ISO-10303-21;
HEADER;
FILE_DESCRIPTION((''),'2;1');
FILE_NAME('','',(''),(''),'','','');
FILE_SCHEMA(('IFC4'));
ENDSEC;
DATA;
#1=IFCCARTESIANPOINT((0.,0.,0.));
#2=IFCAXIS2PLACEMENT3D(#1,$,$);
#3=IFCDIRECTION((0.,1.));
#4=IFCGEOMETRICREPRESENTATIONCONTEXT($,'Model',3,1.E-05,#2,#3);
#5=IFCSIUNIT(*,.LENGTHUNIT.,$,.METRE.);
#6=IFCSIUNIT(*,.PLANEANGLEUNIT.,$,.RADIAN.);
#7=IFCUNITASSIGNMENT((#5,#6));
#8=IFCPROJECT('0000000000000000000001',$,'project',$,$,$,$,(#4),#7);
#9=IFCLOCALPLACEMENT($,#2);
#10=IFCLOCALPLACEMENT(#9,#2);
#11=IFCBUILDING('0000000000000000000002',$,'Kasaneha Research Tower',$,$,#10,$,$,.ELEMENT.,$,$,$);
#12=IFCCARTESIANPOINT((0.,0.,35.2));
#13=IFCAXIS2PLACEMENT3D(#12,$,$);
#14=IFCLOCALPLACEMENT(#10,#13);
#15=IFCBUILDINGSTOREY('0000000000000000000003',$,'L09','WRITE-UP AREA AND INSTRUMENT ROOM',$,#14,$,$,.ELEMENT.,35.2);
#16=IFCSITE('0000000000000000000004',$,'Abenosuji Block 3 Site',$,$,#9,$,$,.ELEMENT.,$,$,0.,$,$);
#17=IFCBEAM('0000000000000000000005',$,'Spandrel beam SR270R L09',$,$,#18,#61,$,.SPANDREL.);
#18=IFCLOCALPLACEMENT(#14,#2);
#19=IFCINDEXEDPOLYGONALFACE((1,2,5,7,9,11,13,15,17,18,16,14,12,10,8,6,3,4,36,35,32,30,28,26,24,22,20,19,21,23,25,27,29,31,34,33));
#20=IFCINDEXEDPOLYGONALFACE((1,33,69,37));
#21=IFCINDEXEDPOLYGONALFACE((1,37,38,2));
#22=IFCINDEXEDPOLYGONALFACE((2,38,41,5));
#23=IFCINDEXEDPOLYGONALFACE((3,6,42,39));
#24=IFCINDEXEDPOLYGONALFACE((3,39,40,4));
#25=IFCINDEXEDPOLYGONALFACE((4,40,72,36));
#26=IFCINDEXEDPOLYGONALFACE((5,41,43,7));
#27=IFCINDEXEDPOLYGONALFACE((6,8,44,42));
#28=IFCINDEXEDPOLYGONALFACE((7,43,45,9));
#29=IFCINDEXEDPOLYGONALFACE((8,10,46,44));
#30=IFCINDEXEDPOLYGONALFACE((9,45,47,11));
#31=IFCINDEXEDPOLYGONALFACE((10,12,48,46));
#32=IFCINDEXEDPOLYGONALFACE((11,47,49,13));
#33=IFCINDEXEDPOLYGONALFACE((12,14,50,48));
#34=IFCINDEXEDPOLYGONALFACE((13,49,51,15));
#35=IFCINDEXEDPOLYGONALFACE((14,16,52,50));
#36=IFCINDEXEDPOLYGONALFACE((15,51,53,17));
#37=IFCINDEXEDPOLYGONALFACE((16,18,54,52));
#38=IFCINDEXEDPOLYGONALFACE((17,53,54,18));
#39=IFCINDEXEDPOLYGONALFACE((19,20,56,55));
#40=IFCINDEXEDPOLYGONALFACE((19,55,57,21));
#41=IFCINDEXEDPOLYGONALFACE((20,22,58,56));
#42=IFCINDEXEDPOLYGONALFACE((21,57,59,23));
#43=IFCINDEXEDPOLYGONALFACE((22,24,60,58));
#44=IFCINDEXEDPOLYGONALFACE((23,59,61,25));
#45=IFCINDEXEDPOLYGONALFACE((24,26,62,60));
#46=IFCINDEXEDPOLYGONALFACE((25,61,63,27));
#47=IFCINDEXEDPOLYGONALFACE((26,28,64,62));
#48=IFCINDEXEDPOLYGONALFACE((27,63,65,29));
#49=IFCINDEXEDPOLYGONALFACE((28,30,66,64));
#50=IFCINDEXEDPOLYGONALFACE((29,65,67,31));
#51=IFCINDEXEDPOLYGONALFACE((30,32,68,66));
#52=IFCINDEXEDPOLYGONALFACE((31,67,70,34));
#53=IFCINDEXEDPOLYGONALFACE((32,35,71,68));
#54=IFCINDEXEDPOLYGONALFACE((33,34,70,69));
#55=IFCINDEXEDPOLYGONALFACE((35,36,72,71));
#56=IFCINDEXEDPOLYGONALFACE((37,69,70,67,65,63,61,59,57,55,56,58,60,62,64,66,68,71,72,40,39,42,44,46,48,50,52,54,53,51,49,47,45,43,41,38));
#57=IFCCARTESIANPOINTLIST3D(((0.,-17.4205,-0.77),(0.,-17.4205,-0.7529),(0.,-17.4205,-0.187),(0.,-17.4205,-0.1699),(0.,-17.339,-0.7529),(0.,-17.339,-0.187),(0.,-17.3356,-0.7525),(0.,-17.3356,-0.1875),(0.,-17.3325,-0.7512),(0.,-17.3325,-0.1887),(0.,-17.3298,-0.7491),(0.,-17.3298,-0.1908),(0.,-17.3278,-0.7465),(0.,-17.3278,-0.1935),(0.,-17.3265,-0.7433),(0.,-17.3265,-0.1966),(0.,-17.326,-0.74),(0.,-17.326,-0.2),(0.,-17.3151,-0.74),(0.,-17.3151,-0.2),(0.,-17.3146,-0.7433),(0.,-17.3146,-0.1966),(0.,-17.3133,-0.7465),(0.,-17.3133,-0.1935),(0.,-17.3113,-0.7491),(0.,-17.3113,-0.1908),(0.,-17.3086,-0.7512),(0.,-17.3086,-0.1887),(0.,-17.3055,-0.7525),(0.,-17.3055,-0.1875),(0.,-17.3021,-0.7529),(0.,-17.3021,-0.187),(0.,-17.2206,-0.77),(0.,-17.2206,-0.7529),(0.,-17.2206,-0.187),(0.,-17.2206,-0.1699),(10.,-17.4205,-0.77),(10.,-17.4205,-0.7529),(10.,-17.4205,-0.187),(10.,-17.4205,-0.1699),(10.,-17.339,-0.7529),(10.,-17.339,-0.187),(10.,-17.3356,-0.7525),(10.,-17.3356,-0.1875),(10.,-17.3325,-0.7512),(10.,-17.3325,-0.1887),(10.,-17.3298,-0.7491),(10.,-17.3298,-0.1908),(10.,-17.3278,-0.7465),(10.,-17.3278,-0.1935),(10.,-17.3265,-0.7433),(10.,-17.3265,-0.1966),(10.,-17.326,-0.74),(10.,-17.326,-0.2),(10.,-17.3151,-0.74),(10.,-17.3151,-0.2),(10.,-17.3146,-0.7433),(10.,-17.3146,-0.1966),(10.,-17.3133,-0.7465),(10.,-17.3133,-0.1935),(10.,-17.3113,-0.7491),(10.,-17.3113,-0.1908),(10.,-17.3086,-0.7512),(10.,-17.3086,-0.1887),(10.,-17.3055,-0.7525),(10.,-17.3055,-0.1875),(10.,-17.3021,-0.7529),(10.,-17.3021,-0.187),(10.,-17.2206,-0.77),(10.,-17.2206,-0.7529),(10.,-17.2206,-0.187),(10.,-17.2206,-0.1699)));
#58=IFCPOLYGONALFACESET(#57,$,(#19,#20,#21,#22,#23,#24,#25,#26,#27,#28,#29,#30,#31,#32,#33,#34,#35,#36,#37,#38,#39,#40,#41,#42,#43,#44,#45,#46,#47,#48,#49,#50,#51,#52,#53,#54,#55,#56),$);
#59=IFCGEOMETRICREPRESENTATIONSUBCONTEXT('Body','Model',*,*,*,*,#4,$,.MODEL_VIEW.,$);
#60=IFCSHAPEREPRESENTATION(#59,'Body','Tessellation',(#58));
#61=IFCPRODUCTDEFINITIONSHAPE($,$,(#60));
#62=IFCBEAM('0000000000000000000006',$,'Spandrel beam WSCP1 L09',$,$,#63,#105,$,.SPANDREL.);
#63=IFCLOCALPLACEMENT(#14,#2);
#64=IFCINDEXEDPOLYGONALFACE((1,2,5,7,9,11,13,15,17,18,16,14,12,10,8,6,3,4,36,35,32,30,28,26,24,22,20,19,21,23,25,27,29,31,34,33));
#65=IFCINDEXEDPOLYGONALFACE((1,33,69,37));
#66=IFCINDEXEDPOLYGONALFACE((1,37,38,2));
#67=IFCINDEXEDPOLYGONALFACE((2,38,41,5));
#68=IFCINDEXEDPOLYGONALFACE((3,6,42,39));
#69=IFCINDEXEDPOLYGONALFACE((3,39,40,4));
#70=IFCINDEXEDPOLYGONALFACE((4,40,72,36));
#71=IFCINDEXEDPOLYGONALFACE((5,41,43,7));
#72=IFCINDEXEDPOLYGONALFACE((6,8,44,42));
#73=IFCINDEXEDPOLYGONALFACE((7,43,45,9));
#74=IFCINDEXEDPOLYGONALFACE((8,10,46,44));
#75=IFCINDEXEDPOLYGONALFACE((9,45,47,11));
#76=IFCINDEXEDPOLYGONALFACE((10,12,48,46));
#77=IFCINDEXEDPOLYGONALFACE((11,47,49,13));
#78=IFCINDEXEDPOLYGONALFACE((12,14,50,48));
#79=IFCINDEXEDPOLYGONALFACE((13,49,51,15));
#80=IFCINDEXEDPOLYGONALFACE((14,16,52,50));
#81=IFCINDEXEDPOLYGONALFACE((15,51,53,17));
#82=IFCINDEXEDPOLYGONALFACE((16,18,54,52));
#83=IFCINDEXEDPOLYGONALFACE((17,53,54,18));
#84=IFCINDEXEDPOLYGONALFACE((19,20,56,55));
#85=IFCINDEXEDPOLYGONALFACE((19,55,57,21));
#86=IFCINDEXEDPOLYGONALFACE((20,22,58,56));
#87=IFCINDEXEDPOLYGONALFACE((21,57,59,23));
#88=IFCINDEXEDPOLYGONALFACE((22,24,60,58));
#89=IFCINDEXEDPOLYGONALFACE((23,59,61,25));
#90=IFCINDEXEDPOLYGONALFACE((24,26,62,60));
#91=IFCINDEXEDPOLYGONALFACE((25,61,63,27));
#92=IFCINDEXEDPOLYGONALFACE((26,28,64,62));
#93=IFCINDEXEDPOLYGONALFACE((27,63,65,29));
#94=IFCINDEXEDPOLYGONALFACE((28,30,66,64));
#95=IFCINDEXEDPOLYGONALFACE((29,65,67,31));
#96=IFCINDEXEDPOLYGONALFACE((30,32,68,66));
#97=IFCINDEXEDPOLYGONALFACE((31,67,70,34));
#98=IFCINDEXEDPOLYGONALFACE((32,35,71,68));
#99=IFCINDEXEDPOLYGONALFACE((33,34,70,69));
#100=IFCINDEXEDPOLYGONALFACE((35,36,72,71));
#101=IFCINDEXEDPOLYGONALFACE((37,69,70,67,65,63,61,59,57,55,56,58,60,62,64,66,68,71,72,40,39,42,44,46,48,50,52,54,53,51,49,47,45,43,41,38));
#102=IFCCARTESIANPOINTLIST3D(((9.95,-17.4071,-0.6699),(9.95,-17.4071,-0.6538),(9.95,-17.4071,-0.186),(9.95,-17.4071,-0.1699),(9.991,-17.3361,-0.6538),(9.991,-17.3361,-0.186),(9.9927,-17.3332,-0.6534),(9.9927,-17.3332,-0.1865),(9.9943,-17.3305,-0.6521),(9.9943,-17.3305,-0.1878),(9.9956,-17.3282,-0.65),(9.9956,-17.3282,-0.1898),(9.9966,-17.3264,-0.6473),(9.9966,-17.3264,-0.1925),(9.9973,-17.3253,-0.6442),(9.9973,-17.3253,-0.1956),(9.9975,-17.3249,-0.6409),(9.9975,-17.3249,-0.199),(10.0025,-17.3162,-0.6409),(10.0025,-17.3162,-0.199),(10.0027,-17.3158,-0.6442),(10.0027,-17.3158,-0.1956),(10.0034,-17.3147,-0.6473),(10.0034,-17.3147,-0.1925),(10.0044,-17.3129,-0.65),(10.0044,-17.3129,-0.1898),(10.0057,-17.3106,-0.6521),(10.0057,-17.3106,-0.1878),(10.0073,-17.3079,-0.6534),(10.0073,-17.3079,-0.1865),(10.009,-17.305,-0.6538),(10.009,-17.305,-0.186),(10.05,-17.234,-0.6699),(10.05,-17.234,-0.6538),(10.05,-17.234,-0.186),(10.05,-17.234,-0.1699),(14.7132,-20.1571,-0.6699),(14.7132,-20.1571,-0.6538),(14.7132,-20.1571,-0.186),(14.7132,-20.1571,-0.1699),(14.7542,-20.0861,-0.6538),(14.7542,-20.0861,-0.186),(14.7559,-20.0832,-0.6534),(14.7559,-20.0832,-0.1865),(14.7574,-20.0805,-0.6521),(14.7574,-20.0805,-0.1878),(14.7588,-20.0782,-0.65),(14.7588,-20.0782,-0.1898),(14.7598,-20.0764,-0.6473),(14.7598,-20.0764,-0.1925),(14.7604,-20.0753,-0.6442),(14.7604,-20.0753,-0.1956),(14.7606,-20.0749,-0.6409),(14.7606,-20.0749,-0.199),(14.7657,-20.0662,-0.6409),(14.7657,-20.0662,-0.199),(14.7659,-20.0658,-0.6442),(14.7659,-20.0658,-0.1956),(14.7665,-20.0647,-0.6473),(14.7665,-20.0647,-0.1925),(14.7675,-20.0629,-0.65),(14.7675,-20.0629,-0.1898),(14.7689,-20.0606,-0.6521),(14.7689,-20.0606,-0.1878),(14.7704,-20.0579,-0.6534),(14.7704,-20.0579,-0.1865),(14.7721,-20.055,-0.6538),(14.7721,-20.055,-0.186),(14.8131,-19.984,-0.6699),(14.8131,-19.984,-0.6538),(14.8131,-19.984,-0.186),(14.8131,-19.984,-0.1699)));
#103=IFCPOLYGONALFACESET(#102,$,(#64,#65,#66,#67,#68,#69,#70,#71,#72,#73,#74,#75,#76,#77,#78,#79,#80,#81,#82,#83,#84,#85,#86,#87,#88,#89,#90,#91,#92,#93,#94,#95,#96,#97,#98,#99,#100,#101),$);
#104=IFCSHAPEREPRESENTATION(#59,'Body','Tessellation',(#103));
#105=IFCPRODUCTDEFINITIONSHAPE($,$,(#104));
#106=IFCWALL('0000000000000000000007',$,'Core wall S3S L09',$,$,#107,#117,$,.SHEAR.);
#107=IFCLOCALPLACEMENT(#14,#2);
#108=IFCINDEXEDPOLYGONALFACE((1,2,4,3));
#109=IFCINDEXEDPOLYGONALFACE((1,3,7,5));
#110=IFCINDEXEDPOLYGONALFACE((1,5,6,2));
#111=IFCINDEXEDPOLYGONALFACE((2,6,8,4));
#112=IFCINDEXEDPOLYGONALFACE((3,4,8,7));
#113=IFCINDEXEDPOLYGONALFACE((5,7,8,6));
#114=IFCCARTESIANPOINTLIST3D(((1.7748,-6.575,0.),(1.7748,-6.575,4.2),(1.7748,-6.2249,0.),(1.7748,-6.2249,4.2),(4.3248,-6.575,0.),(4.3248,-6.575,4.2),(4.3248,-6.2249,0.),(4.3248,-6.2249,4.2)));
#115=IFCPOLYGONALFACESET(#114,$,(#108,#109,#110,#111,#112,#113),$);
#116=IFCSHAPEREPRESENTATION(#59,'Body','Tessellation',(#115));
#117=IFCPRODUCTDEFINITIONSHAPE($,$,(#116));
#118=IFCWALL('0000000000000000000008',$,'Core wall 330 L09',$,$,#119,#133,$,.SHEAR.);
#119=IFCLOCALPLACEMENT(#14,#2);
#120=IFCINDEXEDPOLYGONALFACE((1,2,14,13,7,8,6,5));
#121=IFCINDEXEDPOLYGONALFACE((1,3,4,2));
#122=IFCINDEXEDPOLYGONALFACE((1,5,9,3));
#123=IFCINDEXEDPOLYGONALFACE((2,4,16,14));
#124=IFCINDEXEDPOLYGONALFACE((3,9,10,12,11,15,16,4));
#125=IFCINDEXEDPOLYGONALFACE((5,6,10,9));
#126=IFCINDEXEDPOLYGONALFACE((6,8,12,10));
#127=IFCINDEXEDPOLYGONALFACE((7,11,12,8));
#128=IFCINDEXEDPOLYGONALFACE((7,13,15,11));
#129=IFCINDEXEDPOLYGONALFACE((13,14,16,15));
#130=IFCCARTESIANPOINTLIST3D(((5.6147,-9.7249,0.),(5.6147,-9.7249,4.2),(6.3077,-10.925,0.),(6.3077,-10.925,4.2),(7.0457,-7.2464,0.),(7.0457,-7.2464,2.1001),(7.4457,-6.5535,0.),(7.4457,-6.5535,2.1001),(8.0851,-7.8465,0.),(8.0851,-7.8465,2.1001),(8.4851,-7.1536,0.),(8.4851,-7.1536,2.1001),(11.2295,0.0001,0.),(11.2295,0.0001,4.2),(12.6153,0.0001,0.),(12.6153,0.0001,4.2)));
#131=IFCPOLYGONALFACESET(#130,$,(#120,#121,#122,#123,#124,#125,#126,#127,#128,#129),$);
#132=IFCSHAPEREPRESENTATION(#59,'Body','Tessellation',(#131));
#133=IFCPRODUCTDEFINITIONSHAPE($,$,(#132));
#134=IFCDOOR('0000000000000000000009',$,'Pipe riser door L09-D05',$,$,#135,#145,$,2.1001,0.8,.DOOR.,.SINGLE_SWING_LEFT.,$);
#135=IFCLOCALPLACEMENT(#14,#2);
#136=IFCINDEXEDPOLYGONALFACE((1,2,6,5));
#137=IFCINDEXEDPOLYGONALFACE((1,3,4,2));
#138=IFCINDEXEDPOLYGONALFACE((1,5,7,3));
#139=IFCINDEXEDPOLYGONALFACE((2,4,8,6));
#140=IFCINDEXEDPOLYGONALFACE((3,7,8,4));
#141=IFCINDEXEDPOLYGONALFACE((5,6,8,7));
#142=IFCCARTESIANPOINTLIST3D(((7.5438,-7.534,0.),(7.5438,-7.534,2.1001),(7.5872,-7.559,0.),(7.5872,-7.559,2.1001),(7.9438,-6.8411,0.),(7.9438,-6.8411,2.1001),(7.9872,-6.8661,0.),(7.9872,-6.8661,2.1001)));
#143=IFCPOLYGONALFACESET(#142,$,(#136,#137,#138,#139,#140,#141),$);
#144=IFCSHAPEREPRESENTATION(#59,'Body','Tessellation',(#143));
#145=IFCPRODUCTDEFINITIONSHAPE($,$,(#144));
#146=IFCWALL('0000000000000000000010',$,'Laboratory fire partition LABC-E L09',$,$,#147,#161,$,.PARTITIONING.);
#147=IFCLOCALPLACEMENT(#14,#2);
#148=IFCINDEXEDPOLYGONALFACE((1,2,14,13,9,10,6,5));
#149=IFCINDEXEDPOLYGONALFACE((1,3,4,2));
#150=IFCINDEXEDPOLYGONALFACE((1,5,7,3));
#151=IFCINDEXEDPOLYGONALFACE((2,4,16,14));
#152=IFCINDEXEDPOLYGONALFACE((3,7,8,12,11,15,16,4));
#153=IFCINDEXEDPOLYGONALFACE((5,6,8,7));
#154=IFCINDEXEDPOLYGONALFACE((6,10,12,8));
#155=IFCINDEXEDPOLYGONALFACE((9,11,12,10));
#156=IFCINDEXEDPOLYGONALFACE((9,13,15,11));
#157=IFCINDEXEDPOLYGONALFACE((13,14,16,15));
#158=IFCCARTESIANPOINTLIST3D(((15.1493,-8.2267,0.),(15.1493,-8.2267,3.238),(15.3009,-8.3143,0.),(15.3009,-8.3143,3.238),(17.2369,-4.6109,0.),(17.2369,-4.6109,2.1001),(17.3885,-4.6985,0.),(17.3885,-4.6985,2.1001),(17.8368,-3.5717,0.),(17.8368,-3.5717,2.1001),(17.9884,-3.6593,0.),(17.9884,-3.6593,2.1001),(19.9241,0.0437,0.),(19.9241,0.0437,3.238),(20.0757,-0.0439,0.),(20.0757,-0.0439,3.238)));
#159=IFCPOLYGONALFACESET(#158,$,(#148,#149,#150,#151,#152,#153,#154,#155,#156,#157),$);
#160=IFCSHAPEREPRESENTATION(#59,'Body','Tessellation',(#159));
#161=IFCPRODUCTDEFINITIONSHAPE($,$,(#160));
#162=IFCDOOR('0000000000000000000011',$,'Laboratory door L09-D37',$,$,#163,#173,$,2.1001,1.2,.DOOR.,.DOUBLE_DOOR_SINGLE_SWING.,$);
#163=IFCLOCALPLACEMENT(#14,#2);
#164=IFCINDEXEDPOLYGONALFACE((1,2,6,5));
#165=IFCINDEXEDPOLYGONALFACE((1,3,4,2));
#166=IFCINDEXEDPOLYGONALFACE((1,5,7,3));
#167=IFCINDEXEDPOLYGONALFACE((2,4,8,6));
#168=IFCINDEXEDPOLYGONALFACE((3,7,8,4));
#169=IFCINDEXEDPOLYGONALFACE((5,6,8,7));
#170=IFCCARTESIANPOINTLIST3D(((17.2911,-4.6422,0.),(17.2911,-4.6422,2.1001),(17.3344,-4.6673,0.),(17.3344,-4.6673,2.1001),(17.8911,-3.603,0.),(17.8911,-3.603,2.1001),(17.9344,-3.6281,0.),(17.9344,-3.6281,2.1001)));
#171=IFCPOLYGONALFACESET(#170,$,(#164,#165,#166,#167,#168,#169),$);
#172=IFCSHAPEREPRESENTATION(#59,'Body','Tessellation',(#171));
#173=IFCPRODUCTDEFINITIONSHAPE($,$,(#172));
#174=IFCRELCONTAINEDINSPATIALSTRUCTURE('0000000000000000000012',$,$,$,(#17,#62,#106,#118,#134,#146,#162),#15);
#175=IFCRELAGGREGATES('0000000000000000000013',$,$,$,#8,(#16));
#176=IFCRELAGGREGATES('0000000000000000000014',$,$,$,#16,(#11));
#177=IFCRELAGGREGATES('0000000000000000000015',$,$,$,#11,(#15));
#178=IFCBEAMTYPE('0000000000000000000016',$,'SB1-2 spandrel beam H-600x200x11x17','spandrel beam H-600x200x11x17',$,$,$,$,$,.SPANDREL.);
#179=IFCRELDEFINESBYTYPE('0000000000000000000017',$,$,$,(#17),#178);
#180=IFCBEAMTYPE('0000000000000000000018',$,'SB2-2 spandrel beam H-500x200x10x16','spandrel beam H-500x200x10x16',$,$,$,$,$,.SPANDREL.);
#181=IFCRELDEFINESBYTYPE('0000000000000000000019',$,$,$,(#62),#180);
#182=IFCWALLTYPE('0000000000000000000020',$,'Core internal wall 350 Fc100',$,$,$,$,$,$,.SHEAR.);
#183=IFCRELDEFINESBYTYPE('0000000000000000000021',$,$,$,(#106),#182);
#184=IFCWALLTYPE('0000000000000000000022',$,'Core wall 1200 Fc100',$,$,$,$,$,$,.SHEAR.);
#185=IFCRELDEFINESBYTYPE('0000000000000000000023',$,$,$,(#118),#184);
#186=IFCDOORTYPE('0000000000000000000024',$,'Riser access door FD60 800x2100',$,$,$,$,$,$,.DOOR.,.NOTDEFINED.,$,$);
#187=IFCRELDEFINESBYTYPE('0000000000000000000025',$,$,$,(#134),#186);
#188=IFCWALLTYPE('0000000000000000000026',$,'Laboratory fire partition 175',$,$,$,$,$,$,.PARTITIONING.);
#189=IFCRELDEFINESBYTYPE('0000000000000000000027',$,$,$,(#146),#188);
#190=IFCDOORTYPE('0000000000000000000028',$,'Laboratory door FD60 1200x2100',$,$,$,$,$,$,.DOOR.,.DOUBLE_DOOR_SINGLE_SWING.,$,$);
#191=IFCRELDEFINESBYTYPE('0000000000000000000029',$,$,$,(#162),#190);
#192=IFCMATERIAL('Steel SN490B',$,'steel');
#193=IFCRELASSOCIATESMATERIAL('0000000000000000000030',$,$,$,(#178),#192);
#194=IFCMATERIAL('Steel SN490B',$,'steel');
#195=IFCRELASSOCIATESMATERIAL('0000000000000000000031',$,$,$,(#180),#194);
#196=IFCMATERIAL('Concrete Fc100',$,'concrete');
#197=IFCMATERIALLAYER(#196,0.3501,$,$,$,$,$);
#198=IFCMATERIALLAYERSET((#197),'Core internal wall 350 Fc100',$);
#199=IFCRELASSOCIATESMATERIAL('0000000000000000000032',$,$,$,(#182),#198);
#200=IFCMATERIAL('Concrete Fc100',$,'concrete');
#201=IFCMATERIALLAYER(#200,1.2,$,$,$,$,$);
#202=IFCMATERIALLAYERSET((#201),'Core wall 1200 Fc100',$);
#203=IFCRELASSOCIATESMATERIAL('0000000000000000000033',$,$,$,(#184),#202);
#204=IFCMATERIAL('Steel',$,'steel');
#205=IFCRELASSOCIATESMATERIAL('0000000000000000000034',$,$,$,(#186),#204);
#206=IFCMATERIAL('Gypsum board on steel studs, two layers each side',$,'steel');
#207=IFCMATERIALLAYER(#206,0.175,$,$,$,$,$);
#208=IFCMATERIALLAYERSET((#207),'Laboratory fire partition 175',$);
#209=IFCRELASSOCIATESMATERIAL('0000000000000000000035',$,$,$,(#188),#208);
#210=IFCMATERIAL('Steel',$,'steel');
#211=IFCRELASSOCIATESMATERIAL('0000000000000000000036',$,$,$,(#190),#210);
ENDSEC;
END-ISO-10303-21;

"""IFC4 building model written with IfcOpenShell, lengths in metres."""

from ifc_helpers import new_model, si_unit, direction, frame, frame_2d, origin, origin_2d, place, context, subcontext, project, spatial, polyline, rectangle, i_section, outline, extrude, material, layer, layer_set, material_profile, profile_set, type_object, element, fill, save


model = new_model("IFC4")

# Units and contexts
model_context = context("Model", 3, precision=1e-05, world=origin(), true_north=direction((0.0, 1.0)))
body_context = subcontext(model_context, "Body", "Model", "MODEL_VIEW")
ifc_project = project(units=[si_unit("LENGTHUNIT", "METRE"), si_unit("PLANEANGLEUNIT", "RADIAN")], contexts=[model_context])

# Site, building, storey
site_placement = place(None, origin())
site = spatial("IfcSite", under=ifc_project, at=site_placement, Name="Abenosuji Block 3 Site", CompositionType="ELEMENT", RefElevation=0.0)
building_placement = place(site_placement, origin())
building = spatial("IfcBuilding", under=site, at=building_placement, Name="Kasaneha Research Tower", CompositionType="ELEMENT")
storey_placement = place(building_placement, frame((0.0, 0.0, 35.2)))
storey = spatial("IfcBuildingStorey", under=building, at=storey_placement, Name="L09", Description="WRITE-UP AREA AND INSTRUMENT ROOM", CompositionType="ELEMENT", Elevation=35.2)

# Beams
ifc_material_1 = material(Name="Steel SN490B", Category="steel")
ifc_material_profile_1 = material_profile(ifc_material_1, i_section(OverallWidth=0.2, OverallDepth=0.6001, WebThickness=0.011, FlangeThickness=0.0171, FilletRadius=0.0129, at=origin_2d()), Name="H-600x200x11x17")
ifc_profile_set_1 = profile_set([ifc_material_profile_1], Name="Steel SN490B")
beam_type_1 = type_object("IfcBeamType", Name="SB1-2 spandrel beam H-600x200x11x17", Description="spandrel beam H-600x200x11x17", PredefinedType="SPANDREL", material=ifc_profile_set_1)
beam_1_placement = place(storey_placement, frame((10.0, -17.3206, -0.47), z_axis=(-1.0, 0.0, 0.0), x_axis=(0.0, -1.0, 0.0)))
element("IfcBeam", 1, at=beam_1_placement, inside=storey, type_object=beam_type_1, Name="Spandrel beam SR270R L09", PredefinedType="SPANDREL", context=body_context, shape_type="SweptSolid", body=[
    extrude(i_section(OverallWidth=0.2, OverallDepth=0.6001, WebThickness=0.011, FlangeThickness=0.0171, FilletRadius=0.0129, at=origin_2d()), origin(), (0.0, 0.0, 1.0), 10.0),
])
ifc_material_2 = material(Name="Steel SN490B", Category="steel")
ifc_material_profile_2 = material_profile(ifc_material_2, i_section(OverallWidth=0.2, OverallDepth=0.5, WebThickness=0.01, FlangeThickness=0.0161, FilletRadius=0.0129, at=origin_2d()), Name="H-500x200x10x16")
ifc_profile_set_2 = profile_set([ifc_material_profile_2], Name="Steel SN490B")
beam_type_2 = type_object("IfcBeamType", Name="SB2-2 spandrel beam H-500x200x10x16", Description="spandrel beam H-500x200x10x16", PredefinedType="SPANDREL", material=ifc_profile_set_2)
beam_2_placement = place(storey_placement, frame((10.0, -17.3206, -0.4199), z_axis=(0.866027, -0.499997, 0.0), x_axis=(0.499997, 0.866027, 0.0)))
element("IfcBeam", 2, at=beam_2_placement, inside=storey, type_object=beam_type_2, Name="Spandrel beam WSCP1 L09", PredefinedType="SPANDREL", context=body_context, shape_type="SweptSolid", body=[
    extrude(i_section(OverallWidth=0.2, OverallDepth=0.5, WebThickness=0.01, FlangeThickness=0.0161, FilletRadius=0.0129, at=origin_2d()), origin(), (0.0, 0.0, 1.0), 5.5),
])

# Wall
ifc_material_3 = material(Name="Concrete Fc100", Category="concrete")
ifc_layer_1 = layer(ifc_material_3, 0.3501)
ifc_layer_set_1 = layer_set([ifc_layer_1], Name="Core internal wall 350 Fc100")
wall_type_1 = type_object("IfcWallType", Name="Core internal wall 350 Fc100", PredefinedType="SHEAR", material=ifc_layer_set_1)
wall_1_placement = place(storey_placement, frame((1.7749, -6.3999, 0.0), z_axis=(0.0, 0.0, 1.0), x_axis=(1.0, 0.0, 0.0)))
element("IfcWall", 3, at=wall_1_placement, inside=storey, type_object=wall_type_1, Name="Core wall S3S L09", PredefinedType="SHEAR", context=body_context, shape_type="SweptSolid", body=[
    extrude(rectangle(XDim=2.55, YDim=0.3501, at=frame_2d((1.2749, 0.0))), origin(), (0.0, 0.0, 1.0), 4.2),
])

# Walls, openings, doors
ifc_material_4 = material(Name="Concrete Fc100", Category="concrete")
ifc_layer_2 = layer(ifc_material_4, 1.2)
ifc_layer_set_2 = layer_set([ifc_layer_2], Name="Core wall 1200 Fc100")
wall_type_2 = type_object("IfcWallType", Name="Core wall 1200 Fc100", PredefinedType="SHEAR", material=ifc_layer_set_2)
wall_2_placement = place(storey_placement, frame((5.9612, -10.325, 0.0), z_axis=(0.0, 0.0, 1.0), x_axis=(0.500004, 0.866023, 0.0)))
wall_2 = element("IfcWall", 4, at=wall_2_placement, inside=storey, type_object=wall_type_2, Name="Core wall 330 L09", PredefinedType="SHEAR", context=body_context, shape_type="SweptSolid", body=[
    extrude(outline(polyline([(-0.3464, -0.6001), (3.2085, -0.6001), (4.0085, -0.6001), (12.2688, -0.6001), (11.5759, 0.6001), (4.0085, 0.6001), (3.2085, 0.6001), (0.3464, 0.6001), (-0.3464, -0.6001)])), origin(), (0.0, 0.0, 1.0), 4.2),
])
opening_1_placement = place(wall_2_placement, frame((3.2085, 0.0, 0.0)))
opening_1 = element("IfcOpeningElement", 5, at=opening_1_placement, cuts=wall_2, PredefinedType="OPENING", context=body_context, shape_type="SweptSolid", body=[
    extrude(rectangle(XDim=0.8, YDim=2.1001, at=frame_2d((0.3999, 1.05))), frame((0.0, 0.6099, 0.0), z_axis=(0.0, -1.0, 0.0), x_axis=(1.0, 0.0, 0.0)), (0.0, 0.0, 1.0), 1.22),
])
ifc_material_5 = material(Name="Steel", Category="steel")
door_type_1 = type_object("IfcDoorType", Name="Riser access door FD60 800x2100", OperationType="NOTDEFINED", PredefinedType="DOOR", material=ifc_material_5)
door_1_placement = place(opening_1_placement, origin())
door_1 = element("IfcDoor", 6, at=door_1_placement, inside=storey, type_object=door_type_1, Name="Pipe riser door L09-D05", OperationType="SINGLE_SWING_LEFT", OverallHeight=2.1001, OverallWidth=0.8, PredefinedType="DOOR", context=body_context, shape_type="SweptSolid", body=[
    extrude(rectangle(XDim=0.8, YDim=2.1001, at=frame_2d((0.3999, 1.05))), frame((0.0, 0.0249, 0.0), z_axis=(0.0, -1.0, 0.0), x_axis=(1.0, 0.0, 0.0)), (0.0, 0.0, 1.0), 0.05),
])
fill(opening_1, door_1)
ifc_material_6 = material(Name="Gypsum board on steel studs, two layers each side", Category="steel")
ifc_layer_3 = layer(ifc_material_6, 0.175)
ifc_layer_set_3 = layer_set([ifc_layer_3], Name="Laboratory fire partition 175")
wall_type_3 = type_object("IfcWallType", Name="Laboratory fire partition 175", PredefinedType="PARTITIONING", material=ifc_layer_set_3)
wall_3_placement = place(storey_placement, frame((15.2251, -8.2705, 0.0), z_axis=(0.0, 0.0, 1.0), x_axis=(0.499994, 0.866029, 0.0)))
wall_3 = element("IfcWall", 7, at=wall_3_placement, inside=storey, type_object=wall_type_3, Name="Laboratory fire partition LABC-E L09", PredefinedType="PARTITIONING", context=body_context, shape_type="SweptSolid", body=[
    extrude(rectangle(XDim=9.5498, YDim=0.175, at=frame_2d((4.7749, 0.0))), origin(), (0.0, 0.0, 1.0), 3.238),
])
opening_2_placement = place(wall_3_placement, frame((4.175, 0.0, 0.0)))
opening_2 = element("IfcOpeningElement", 8, at=opening_2_placement, cuts=wall_3, PredefinedType="OPENING", context=body_context, shape_type="SweptSolid", body=[
    extrude(rectangle(XDim=1.2, YDim=2.1001, at=frame_2d((0.6001, 1.05))), frame((0.0, 0.0977, 0.0), z_axis=(0.0, -1.0, 0.0), x_axis=(1.0, 0.0, 0.0)), (0.0, 0.0, 1.0), 0.1951),
])
ifc_material_7 = material(Name="Steel", Category="steel")
door_type_2 = type_object("IfcDoorType", Name="Laboratory door FD60 1200x2100", OperationType="DOUBLE_DOOR_SINGLE_SWING", PredefinedType="DOOR", material=ifc_material_7)
door_2_placement = place(opening_2_placement, origin())
door_2 = element("IfcDoor", 9, at=door_2_placement, inside=storey, type_object=door_type_2, Name="Laboratory door L09-D37", OperationType="DOUBLE_DOOR_SINGLE_SWING", OverallHeight=2.1001, OverallWidth=1.2, PredefinedType="DOOR", context=body_context, shape_type="SweptSolid", body=[
    extrude(rectangle(XDim=1.2, YDim=2.1001, at=frame_2d((0.6001, 1.05))), frame((0.0, 0.0249, 0.0), z_axis=(0.0, -1.0, 0.0), x_axis=(1.0, 0.0, 0.0)), (0.0, 0.0, 1.0), 0.05),
])
fill(opening_2, door_2)

save(model, "model.ifc")
